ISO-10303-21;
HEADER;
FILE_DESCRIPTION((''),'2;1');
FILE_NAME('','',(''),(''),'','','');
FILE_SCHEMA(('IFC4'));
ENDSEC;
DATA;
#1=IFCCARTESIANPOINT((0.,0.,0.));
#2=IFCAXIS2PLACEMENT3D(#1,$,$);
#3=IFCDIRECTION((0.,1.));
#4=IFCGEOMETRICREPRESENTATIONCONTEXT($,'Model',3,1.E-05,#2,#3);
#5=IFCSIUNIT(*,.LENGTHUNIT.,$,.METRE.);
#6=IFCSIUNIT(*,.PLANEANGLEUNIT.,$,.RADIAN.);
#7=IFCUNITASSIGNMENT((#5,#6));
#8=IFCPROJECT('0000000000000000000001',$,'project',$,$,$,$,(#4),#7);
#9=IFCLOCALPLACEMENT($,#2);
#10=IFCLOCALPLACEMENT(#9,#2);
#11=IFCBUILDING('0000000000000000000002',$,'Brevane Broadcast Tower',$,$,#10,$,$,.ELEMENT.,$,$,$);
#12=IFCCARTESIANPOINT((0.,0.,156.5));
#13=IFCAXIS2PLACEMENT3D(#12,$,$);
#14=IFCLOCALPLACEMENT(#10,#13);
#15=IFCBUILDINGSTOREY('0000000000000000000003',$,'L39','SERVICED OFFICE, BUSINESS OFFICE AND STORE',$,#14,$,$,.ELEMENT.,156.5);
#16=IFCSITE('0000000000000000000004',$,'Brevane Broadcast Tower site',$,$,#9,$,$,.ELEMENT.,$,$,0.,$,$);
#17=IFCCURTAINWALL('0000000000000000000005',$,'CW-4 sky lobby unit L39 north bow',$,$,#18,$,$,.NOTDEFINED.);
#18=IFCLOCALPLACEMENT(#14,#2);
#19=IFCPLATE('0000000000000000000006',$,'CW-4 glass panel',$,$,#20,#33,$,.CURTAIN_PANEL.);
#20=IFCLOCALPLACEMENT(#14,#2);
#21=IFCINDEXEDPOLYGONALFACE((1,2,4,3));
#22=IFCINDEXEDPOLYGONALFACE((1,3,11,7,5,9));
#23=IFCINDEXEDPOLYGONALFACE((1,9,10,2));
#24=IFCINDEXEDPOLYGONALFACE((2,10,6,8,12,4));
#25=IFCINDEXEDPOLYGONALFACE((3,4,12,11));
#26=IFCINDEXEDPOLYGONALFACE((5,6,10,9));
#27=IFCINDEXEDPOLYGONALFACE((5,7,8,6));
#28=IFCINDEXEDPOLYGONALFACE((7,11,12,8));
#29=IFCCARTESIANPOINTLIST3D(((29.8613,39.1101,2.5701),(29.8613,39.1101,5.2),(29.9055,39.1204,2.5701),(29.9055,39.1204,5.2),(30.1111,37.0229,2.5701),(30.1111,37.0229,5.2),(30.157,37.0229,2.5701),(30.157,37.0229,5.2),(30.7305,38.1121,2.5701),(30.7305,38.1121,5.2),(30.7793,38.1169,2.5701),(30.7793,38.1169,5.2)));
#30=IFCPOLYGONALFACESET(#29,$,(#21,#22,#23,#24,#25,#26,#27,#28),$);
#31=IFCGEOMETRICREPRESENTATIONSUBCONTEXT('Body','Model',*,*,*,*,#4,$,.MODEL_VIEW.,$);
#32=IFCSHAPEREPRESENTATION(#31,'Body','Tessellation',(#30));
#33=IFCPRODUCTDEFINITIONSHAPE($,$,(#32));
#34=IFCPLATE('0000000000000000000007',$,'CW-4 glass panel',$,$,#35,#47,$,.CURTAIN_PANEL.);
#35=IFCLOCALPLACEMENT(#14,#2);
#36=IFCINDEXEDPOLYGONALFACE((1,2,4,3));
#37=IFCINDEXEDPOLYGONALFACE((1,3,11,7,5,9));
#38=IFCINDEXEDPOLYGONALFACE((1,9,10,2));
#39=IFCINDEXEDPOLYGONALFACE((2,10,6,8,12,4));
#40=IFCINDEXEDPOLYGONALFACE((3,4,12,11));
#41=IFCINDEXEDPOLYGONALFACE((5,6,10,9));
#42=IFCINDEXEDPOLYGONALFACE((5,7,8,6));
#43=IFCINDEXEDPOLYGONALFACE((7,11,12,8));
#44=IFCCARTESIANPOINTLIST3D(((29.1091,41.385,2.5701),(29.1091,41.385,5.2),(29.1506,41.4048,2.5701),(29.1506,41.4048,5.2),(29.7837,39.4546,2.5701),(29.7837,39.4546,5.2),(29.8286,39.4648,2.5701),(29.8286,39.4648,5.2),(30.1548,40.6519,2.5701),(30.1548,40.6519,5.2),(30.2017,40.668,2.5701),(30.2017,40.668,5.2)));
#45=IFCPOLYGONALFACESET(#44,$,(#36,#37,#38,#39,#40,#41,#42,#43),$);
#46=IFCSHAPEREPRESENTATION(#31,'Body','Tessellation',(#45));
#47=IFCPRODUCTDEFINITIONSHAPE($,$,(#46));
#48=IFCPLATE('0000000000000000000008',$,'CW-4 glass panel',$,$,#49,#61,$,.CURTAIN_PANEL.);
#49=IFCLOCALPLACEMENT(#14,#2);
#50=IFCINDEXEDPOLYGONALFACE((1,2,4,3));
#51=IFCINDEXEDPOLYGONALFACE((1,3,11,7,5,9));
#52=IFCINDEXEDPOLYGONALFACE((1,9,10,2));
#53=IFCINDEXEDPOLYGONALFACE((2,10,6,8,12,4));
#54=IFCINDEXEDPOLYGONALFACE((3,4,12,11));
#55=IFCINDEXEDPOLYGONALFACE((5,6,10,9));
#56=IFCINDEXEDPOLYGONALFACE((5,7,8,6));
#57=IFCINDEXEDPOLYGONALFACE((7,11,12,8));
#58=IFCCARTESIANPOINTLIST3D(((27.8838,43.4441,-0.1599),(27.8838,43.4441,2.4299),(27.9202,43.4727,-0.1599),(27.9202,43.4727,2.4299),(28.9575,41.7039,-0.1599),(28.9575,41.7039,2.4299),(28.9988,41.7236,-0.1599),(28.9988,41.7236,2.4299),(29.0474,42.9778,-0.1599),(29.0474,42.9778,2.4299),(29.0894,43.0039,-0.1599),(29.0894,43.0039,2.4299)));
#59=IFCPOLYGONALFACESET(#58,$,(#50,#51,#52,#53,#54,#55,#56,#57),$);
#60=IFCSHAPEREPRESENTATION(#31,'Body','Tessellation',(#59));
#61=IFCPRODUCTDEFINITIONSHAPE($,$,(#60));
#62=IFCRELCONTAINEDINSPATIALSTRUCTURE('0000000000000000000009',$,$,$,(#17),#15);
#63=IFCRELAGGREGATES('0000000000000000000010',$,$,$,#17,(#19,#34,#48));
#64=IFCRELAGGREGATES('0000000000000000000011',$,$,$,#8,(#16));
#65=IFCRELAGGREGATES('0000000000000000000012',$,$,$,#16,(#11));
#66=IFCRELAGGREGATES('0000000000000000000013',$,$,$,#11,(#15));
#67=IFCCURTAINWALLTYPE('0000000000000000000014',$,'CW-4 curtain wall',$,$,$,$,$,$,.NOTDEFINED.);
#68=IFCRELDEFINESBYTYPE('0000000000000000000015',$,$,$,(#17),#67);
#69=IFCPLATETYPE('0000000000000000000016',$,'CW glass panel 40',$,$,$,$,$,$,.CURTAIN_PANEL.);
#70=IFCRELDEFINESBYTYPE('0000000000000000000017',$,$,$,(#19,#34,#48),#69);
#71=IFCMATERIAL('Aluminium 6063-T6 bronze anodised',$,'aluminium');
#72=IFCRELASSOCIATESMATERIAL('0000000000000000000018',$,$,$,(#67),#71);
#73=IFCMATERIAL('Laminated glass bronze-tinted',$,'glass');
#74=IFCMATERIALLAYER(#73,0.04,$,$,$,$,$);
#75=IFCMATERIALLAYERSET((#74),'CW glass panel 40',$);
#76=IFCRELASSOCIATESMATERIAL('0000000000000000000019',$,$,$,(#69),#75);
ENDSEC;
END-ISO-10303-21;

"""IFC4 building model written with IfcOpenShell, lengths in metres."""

from ifc_helpers import new_model, si_unit, direction, frame, origin, place, context, subcontext, project, spatial, polyline, outline, extrude, material, layer, layer_set, type_object, element, aggregate, save


model = new_model("IFC4")

# Units and contexts
model_context = context("Model", 3, precision=1e-05, world=origin(), true_north=direction((0.0, 1.0)))
body_context = subcontext(model_context, "Body", "Model", "MODEL_VIEW")
ifc_project = project(units=[si_unit("LENGTHUNIT", "METRE"), si_unit("PLANEANGLEUNIT", "RADIAN")], contexts=[model_context])

# Site, building, storey
site_placement = place(None, origin())
site = spatial("IfcSite", under=ifc_project, at=site_placement, Name="Brevane Broadcast Tower site", CompositionType="ELEMENT", RefElevation=0.0)
building_placement = place(site_placement, origin())
building = spatial("IfcBuilding", under=site, at=building_placement, Name="Brevane Broadcast Tower", CompositionType="ELEMENT")
storey_placement = place(building_placement, frame((0.0, 0.0, 156.5)))
storey = spatial("IfcBuildingStorey", under=building, at=storey_placement, Name="L39", Description="SERVICED OFFICE, BUSINESS OFFICE AND STORE", CompositionType="ELEMENT", Elevation=156.5)

# Curtain wall, plates
ifc_material_1 = material(Name="Aluminium 6063-T6 bronze anodised", Category="aluminium")
curtain_wall_type = type_object("IfcCurtainWallType", Name="CW-4 curtain wall", PredefinedType="NOTDEFINED", material=ifc_material_1)
ifc_material_2 = material(Name="Laminated glass bronze-tinted", Category="glass")
ifc_layer = layer(ifc_material_2, 0.04)
ifc_layer_set = layer_set([ifc_layer], Name="CW glass panel 40")
plate_type = type_object("IfcPlateType", Name="CW glass panel 40", PredefinedType="CURTAIN_PANEL", material=ifc_layer_set)
curtain_wall_1_placement = place(storey_placement, origin())
curtain_wall_1 = element("IfcCurtainWall", 1, at=curtain_wall_1_placement, inside=storey, type_object=curtain_wall_type, Name="CW-4 sky lobby unit L39 north bow", PredefinedType="NOTDEFINED")
plate_1_placement = place(storey_placement, frame((0.0, 0.0, 2.5701)))
plate_1 = element("IfcPlate", 2, at=plate_1_placement, type_object=plate_type, Name="CW-4 glass panel", PredefinedType="CURTAIN_PANEL", context=body_context, shape_type="SweptSolid", body=[
    extrude(outline(polyline([(30.1111, 37.0229), (30.157, 37.0229), (30.7793, 38.1169), (29.9055, 39.1204), (29.8613, 39.1101), (30.7305, 38.1121), (30.1111, 37.0229)])), origin(), (0.0, 0.0, 1.0), 2.6299),
])
plate_2_placement = place(storey_placement, frame((0.0, 0.0, 2.5701)))
plate_2 = element("IfcPlate", 3, at=plate_2_placement, type_object=plate_type, Name="CW-4 glass panel", PredefinedType="CURTAIN_PANEL", context=body_context, shape_type="SweptSolid", body=[
    extrude(outline(polyline([(29.7837, 39.4546), (29.8286, 39.4648), (30.2017, 40.668), (29.1506, 41.4048), (29.1091, 41.385), (30.1548, 40.6519), (29.7837, 39.4546)])), origin(), (0.0, 0.0, 1.0), 2.6299),
])
plate_3_placement = place(storey_placement, frame((0.0, 0.0, -0.1599)))
plate_3 = element("IfcPlate", 4, at=plate_3_placement, type_object=plate_type, Name="CW-4 glass panel", PredefinedType="CURTAIN_PANEL", context=body_context, shape_type="SweptSolid", body=[
    extrude(outline(polyline([(28.9575, 41.7039), (28.9988, 41.7236), (29.0894, 43.0039), (27.9202, 43.4727), (27.8838, 43.4441), (29.0474, 42.9778), (28.9575, 41.7039)])), origin(), (0.0, 0.0, 1.0), 2.5898),
])
aggregate(curtain_wall_1, [plate_1, plate_2, plate_3])

save(model, "model.ifc")
